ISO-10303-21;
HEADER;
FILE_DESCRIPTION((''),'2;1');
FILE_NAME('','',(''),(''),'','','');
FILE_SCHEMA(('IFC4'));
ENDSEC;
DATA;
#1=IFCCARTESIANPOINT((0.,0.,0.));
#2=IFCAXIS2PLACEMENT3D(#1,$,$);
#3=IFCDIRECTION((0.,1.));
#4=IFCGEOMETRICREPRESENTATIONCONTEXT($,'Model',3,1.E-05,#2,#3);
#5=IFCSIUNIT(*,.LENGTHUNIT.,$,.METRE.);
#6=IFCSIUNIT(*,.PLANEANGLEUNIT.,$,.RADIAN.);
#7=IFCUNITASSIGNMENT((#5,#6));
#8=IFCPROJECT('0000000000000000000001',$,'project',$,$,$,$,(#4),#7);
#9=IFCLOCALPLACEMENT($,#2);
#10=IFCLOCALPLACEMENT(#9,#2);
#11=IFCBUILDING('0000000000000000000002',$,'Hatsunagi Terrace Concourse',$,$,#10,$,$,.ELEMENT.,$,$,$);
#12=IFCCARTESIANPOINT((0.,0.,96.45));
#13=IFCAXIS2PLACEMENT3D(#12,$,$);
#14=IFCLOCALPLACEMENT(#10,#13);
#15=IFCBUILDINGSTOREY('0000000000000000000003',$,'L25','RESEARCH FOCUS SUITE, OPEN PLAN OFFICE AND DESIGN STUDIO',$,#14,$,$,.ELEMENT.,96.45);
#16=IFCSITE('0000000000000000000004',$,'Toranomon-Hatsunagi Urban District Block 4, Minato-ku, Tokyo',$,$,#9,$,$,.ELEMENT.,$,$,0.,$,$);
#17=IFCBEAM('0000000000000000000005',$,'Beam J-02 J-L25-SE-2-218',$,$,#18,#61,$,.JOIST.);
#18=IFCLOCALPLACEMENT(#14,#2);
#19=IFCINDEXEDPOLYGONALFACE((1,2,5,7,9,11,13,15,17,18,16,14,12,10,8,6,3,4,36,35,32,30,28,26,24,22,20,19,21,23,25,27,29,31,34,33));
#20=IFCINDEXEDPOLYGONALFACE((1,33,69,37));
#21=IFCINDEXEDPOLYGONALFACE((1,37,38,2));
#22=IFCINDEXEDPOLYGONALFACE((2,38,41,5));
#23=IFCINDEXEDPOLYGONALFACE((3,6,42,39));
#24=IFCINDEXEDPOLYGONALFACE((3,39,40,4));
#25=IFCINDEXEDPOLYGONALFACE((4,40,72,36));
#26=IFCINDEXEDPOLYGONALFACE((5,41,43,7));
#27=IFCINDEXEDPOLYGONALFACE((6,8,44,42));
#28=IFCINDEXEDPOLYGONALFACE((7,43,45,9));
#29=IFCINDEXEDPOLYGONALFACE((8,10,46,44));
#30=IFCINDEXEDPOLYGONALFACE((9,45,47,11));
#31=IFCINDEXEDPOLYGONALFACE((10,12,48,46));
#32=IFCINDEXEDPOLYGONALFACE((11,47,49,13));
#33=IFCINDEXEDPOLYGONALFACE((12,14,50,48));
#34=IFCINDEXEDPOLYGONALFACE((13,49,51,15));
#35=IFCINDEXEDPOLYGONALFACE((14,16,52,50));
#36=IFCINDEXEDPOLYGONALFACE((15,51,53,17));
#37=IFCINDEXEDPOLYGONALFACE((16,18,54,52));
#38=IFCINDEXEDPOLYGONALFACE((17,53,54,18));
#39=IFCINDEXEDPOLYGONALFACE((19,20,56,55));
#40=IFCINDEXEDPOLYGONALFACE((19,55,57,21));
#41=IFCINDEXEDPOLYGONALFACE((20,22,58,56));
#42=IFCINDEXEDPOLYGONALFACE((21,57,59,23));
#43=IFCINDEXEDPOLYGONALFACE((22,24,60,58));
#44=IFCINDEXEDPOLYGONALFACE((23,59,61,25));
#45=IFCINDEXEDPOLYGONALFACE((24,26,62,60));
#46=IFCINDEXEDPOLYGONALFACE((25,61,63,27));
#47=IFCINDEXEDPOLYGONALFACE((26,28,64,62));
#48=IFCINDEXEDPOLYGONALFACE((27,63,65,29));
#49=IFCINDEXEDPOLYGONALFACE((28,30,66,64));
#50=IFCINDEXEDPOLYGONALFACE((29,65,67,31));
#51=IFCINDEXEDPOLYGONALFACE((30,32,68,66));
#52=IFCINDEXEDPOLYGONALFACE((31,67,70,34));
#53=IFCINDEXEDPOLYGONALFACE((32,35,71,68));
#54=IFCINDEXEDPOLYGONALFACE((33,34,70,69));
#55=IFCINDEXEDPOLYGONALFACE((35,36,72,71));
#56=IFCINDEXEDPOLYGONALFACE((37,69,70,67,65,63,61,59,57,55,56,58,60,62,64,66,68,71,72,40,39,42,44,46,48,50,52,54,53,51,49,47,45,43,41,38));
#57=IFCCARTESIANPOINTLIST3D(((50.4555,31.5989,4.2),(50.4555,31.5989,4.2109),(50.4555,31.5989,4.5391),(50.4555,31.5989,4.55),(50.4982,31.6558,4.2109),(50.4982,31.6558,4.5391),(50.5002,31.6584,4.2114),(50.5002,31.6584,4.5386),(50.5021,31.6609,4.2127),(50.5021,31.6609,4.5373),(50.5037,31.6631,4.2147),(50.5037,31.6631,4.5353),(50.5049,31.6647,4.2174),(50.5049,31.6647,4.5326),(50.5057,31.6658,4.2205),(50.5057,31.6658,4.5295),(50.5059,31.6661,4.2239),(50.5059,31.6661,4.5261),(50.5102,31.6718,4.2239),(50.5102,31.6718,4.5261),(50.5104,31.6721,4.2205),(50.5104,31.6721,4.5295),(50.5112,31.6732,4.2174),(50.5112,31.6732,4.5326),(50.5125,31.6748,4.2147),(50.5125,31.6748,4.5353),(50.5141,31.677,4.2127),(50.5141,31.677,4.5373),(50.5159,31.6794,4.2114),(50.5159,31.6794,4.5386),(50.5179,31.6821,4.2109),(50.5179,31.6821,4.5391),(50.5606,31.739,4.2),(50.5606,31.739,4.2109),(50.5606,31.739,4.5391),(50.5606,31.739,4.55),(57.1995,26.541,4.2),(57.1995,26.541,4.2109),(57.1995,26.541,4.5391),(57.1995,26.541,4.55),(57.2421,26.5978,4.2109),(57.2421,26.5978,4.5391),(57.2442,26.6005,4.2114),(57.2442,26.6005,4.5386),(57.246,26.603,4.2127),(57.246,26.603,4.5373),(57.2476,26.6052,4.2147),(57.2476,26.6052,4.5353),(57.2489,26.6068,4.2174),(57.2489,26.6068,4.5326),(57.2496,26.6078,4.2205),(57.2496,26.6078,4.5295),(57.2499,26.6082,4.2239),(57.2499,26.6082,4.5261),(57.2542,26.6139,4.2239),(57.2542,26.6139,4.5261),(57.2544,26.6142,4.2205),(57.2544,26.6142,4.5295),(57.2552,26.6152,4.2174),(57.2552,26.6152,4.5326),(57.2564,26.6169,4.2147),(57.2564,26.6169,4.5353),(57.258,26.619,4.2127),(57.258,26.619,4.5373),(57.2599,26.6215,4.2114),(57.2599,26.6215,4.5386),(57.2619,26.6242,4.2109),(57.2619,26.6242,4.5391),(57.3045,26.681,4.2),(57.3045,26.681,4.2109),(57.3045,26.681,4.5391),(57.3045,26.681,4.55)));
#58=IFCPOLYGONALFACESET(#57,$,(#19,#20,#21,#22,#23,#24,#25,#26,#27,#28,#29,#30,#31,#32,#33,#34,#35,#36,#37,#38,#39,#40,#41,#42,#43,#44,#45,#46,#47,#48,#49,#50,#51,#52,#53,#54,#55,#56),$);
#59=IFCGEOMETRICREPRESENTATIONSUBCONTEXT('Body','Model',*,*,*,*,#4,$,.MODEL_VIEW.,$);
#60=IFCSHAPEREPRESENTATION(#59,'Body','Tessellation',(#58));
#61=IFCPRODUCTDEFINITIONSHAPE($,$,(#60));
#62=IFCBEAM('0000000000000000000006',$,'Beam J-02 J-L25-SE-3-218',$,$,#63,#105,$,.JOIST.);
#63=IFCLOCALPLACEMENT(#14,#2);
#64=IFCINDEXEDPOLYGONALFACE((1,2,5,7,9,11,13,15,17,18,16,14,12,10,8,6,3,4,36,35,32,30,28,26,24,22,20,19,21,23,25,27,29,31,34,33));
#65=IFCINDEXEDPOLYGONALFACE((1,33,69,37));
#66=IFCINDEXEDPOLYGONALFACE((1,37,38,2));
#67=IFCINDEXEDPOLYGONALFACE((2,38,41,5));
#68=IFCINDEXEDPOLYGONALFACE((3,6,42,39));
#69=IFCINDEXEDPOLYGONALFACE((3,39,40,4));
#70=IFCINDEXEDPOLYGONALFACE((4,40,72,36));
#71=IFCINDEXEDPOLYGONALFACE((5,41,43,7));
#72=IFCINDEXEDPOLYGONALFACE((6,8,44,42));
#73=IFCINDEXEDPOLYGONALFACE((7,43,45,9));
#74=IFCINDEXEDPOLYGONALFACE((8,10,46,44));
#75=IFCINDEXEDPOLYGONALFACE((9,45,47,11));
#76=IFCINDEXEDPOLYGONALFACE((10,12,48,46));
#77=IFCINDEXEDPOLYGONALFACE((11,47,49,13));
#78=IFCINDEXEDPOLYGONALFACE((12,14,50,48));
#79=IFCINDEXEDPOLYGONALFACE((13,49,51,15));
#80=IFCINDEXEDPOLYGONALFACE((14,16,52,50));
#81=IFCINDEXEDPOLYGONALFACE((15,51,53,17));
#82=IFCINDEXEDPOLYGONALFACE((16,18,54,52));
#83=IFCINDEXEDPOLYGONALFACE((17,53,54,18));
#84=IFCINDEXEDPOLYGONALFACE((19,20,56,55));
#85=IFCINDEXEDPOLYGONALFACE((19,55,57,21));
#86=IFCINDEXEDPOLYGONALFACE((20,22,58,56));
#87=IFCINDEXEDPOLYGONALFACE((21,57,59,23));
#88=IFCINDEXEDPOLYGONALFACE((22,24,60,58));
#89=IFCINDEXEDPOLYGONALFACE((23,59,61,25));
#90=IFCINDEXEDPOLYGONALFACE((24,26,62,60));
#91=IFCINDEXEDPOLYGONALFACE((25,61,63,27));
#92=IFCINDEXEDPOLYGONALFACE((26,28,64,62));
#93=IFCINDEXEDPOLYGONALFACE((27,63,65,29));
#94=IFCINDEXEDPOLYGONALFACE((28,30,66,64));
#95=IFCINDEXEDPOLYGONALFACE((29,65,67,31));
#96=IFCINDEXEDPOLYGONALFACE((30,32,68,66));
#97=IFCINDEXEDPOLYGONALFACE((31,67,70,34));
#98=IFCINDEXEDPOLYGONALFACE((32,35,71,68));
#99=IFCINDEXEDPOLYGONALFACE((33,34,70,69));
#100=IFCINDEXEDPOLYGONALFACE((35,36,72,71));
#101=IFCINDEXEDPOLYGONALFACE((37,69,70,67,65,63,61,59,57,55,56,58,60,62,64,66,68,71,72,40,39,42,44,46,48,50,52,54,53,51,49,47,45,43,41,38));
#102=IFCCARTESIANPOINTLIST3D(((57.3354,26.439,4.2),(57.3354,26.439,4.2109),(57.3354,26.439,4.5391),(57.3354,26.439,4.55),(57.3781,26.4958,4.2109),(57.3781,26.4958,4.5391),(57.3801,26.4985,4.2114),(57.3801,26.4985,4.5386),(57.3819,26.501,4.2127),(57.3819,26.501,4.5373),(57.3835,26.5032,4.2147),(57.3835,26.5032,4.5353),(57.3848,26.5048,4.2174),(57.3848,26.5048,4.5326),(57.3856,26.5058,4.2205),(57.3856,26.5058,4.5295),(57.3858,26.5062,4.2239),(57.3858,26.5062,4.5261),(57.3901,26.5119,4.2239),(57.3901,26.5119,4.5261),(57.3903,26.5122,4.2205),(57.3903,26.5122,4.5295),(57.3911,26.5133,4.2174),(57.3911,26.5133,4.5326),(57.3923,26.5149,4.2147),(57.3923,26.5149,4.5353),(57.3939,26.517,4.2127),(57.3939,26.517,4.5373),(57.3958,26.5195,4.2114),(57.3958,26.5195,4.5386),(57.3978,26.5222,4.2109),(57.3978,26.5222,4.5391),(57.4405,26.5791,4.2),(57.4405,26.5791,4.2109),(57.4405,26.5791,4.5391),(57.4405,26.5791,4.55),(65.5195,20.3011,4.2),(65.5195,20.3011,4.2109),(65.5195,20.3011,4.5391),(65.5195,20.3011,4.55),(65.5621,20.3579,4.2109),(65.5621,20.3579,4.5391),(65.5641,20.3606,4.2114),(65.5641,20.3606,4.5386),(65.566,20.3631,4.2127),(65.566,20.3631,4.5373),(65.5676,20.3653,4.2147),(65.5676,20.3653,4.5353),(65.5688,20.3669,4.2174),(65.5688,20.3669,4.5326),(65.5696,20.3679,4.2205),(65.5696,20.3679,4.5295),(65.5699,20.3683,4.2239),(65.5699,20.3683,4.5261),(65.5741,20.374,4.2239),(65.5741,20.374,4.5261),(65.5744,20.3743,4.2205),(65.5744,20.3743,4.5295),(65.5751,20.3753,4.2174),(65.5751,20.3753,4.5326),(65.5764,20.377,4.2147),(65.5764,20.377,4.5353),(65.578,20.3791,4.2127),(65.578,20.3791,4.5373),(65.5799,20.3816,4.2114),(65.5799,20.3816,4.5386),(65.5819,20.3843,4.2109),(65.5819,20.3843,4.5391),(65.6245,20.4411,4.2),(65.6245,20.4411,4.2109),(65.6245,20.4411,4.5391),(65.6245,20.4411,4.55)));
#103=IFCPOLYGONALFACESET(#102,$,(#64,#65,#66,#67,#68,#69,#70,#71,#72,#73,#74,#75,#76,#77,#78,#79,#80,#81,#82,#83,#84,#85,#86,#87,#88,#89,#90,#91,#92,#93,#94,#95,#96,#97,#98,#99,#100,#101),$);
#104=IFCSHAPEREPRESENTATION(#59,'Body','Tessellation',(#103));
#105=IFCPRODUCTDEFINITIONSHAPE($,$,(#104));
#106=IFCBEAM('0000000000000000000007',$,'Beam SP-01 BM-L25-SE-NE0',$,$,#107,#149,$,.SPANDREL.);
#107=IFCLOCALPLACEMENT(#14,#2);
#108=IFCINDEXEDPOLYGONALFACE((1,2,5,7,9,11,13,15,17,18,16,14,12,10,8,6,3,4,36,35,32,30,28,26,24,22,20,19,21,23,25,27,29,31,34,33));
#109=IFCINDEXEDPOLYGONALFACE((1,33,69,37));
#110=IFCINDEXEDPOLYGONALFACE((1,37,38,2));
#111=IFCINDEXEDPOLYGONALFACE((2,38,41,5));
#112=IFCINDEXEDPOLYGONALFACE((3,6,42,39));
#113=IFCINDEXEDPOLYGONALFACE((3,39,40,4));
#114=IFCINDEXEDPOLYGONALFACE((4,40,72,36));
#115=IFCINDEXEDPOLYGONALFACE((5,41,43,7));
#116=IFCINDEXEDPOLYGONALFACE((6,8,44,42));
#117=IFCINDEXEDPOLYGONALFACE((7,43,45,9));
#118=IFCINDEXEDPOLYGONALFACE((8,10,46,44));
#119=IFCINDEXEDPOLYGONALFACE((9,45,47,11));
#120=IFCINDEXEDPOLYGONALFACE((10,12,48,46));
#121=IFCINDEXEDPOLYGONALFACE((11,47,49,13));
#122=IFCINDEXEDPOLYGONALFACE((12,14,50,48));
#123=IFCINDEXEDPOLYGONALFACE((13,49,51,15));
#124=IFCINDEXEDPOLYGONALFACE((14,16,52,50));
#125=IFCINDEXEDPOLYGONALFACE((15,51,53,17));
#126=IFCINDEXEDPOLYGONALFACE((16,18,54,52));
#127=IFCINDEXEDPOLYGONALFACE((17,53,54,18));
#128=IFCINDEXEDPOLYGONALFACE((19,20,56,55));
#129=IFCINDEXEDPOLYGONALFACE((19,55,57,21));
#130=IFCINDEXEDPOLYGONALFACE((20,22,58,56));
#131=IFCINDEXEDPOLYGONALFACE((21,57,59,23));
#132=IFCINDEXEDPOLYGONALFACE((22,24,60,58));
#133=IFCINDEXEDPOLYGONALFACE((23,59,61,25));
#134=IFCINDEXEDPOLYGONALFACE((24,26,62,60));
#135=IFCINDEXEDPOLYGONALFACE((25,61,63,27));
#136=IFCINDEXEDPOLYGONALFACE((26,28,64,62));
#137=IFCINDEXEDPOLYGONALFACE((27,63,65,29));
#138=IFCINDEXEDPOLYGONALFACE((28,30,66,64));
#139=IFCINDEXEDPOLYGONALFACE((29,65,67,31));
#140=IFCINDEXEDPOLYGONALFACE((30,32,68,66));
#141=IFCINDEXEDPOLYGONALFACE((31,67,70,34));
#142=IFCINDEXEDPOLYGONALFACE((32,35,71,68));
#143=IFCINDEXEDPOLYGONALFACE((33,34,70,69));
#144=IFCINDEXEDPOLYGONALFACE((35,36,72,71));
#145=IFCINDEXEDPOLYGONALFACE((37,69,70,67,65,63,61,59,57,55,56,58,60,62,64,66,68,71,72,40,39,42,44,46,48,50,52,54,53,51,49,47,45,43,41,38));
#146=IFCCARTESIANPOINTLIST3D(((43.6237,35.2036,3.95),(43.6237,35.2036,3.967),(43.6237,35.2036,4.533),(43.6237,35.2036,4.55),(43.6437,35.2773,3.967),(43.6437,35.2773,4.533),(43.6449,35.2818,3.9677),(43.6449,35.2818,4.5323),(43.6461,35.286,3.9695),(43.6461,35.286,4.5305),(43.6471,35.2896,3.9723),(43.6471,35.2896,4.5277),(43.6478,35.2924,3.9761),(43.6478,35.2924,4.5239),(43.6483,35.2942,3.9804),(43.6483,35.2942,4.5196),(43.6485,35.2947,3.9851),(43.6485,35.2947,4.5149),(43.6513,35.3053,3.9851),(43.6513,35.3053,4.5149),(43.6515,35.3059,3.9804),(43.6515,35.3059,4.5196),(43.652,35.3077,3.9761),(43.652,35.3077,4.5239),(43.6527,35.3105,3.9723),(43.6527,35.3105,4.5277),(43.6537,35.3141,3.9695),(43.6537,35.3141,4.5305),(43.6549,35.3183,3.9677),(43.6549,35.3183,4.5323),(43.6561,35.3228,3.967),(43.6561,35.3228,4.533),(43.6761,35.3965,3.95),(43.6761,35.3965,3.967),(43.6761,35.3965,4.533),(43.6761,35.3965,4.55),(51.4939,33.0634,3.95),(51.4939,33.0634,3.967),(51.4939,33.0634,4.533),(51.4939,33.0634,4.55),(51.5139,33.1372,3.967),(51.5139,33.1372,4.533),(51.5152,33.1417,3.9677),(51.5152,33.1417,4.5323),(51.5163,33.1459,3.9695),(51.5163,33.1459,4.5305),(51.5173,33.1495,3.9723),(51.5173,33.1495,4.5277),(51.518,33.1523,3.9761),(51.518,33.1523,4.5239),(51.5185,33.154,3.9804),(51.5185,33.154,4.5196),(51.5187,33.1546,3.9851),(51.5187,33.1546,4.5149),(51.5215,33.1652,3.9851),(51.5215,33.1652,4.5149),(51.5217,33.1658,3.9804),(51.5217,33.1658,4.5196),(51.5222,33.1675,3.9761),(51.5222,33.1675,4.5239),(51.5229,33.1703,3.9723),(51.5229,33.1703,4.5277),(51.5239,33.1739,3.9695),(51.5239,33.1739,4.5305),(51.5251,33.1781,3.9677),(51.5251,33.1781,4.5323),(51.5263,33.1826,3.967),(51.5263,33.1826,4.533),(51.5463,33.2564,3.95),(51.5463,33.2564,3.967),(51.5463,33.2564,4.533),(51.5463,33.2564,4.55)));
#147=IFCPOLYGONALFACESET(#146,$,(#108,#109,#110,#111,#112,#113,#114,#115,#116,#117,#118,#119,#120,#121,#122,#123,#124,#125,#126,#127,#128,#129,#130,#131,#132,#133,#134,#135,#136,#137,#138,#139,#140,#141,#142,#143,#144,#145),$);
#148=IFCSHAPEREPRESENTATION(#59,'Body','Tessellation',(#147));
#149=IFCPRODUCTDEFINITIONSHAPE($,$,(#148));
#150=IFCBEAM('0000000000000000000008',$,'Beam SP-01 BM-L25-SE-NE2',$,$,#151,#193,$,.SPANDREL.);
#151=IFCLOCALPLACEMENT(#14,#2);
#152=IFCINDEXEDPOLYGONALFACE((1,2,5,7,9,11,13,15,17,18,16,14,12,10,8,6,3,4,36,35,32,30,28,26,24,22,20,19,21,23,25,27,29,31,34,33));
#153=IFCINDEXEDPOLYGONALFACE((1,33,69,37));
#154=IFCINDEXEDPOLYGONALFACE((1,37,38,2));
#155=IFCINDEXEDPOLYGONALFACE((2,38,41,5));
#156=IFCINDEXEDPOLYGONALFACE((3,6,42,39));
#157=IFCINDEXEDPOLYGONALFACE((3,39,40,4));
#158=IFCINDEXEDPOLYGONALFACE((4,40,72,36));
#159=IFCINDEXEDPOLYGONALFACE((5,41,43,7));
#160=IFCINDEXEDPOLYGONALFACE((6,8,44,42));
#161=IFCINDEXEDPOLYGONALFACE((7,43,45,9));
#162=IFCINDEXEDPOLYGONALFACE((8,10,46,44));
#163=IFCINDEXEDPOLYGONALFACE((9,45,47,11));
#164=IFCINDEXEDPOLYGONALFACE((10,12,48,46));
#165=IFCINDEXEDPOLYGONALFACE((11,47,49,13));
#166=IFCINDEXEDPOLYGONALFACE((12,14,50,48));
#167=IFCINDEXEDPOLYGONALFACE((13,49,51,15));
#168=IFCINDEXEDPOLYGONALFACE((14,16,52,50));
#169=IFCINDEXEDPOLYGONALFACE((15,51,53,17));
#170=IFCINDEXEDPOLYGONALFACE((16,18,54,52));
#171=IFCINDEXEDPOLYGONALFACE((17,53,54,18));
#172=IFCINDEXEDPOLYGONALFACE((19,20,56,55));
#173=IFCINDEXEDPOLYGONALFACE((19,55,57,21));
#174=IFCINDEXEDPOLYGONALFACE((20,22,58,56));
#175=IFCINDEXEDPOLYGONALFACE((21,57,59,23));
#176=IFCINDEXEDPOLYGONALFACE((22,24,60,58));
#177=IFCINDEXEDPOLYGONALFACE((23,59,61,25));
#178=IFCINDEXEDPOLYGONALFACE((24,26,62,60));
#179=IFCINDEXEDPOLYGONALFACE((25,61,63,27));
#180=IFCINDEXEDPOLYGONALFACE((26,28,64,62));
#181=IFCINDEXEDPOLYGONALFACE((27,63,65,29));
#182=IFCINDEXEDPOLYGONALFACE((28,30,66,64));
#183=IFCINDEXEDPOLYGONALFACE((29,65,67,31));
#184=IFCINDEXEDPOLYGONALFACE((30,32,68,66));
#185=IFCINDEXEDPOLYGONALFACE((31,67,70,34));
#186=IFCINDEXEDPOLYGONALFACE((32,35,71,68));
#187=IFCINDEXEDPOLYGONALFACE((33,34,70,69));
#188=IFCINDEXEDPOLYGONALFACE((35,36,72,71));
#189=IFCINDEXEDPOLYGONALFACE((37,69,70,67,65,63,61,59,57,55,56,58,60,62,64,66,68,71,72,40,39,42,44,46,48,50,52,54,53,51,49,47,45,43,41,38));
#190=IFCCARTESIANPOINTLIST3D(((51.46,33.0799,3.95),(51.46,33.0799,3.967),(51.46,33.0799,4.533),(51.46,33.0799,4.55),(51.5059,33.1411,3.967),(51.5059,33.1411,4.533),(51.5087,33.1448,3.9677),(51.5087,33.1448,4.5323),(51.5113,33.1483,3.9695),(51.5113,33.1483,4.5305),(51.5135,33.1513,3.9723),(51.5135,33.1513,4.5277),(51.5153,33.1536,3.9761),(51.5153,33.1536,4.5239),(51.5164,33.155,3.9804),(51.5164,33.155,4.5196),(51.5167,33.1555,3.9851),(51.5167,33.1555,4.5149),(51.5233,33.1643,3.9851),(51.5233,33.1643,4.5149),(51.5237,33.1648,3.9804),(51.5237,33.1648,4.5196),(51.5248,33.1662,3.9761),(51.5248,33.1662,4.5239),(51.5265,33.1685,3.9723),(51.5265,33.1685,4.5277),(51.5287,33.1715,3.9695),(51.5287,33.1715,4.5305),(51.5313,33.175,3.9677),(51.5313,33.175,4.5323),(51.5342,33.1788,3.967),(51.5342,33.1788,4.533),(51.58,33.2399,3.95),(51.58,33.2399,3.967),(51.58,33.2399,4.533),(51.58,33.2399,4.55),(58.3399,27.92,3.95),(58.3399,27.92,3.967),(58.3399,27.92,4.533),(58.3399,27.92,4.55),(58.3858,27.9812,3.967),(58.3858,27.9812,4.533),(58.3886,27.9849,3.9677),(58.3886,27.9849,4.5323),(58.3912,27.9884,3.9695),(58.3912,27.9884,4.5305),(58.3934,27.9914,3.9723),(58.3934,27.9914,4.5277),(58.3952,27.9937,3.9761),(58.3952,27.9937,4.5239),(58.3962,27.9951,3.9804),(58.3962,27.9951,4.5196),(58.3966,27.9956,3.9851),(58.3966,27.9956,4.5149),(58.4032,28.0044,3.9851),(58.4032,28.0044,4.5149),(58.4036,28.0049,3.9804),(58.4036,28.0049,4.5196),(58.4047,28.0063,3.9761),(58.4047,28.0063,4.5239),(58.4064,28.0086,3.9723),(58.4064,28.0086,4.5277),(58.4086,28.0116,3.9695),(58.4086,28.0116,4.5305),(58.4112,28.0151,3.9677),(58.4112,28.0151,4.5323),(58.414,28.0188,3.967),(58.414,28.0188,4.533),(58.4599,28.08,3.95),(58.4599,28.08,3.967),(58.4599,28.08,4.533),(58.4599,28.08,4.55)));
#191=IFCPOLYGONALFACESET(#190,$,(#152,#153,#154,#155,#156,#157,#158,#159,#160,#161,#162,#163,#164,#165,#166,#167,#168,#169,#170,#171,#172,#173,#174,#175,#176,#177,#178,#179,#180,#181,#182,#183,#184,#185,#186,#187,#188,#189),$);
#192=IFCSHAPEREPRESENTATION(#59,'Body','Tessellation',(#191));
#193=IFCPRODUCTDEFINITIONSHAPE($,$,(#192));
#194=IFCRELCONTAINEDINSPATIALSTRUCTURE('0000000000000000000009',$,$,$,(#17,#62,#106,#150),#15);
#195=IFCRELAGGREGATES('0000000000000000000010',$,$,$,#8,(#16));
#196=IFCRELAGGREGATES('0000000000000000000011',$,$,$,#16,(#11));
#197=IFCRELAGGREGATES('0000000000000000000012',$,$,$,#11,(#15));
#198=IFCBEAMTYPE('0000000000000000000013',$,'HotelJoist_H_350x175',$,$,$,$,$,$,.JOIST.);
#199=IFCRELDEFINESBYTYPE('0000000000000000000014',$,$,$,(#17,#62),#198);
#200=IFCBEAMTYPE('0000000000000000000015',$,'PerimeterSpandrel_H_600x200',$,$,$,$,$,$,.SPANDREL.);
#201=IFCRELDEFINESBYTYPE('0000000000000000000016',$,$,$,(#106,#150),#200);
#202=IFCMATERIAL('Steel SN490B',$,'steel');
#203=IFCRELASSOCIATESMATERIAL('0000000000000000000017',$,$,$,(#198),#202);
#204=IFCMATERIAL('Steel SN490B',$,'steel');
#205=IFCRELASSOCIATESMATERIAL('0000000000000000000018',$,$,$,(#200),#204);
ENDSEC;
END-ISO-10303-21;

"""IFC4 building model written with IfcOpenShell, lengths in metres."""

from ifc_helpers import new_model, si_unit, direction, frame, origin, origin_2d, place, context, subcontext, project, spatial, i_section, extrude, material, material_profile, profile_set, type_object, element, save


model = new_model("IFC4")

# Units and contexts
model_context = context("Model", 3, precision=1e-05, world=origin(), true_north=direction((0.0, 1.0)))
body_context = subcontext(model_context, "Body", "Model", "MODEL_VIEW")
ifc_project = project(units=[si_unit("LENGTHUNIT", "METRE"), si_unit("PLANEANGLEUNIT", "RADIAN")], contexts=[model_context])

# Site, building, storey
site_placement = place(None, origin())
site = spatial("IfcSite", under=ifc_project, at=site_placement, Name="Toranomon-Hatsunagi Urban District Block 4, Minato-ku, Tokyo", CompositionType="ELEMENT", RefElevation=0.0)
building_placement = place(site_placement, origin())
building = spatial("IfcBuilding", under=site, at=building_placement, Name="Hatsunagi Terrace Concourse", CompositionType="ELEMENT")
storey_placement = place(building_placement, frame((0.0, 0.0, 96.45)))
storey = spatial("IfcBuildingStorey", under=building, at=storey_placement, Name="L25", Description="RESEARCH FOCUS SUITE, OPEN PLAN OFFICE AND DESIGN STUDIO", CompositionType="ELEMENT", Elevation=96.45)

# Beams
ifc_material_1 = material(Name="Steel SN490B", Category="steel")
ifc_material_profile_1 = material_profile(ifc_material_1, i_section(OverallWidth=0.175, OverallDepth=0.3501, WebThickness=0.0071, FlangeThickness=0.011, FilletRadius=0.0129, at=origin_2d()), Name="H-350x175x7x11")
ifc_profile_set_1 = profile_set([ifc_material_profile_1], Name="Steel SN490B")
beam_type_1 = type_object("IfcBeamType", Name="HotelJoist_H_350x175", PredefinedType="JOIST", material=ifc_profile_set_1)
for number, where, z_axis, x_axis, name in (
    (1, (50.5081, 31.6689, 4.375), (0.800003, -0.599995, 0.0), (0.599995, 0.800003, 0.0), "Beam J-02 J-L25-SE-2-218"),
):
    element("IfcBeam", number, at=place(storey_placement, frame(where, z_axis=z_axis, x_axis=x_axis)), inside=storey, type_object=beam_type_1, Name=name, PredefinedType="JOIST", context=body_context, shape_type="SweptSolid", body=[
        extrude(i_section(OverallWidth=0.175, OverallDepth=0.3501, WebThickness=0.0071, FlangeThickness=0.011, FilletRadius=0.0129, at=origin_2d()), origin(), (0.0, 0.0, 1.0), 8.4299),
    ])
beam_1_placement = place(storey_placement, frame((57.3879, 26.509, 4.375), z_axis=(0.800006, -0.599992, 0.0), x_axis=(0.599992, 0.800006, 0.0)))
element("IfcBeam", 2, at=beam_1_placement, inside=storey, type_object=beam_type_1, Name="Beam J-02 J-L25-SE-3-218", PredefinedType="JOIST", context=body_context, shape_type="SweptSolid", body=[
    extrude(i_section(OverallWidth=0.175, OverallDepth=0.3501, WebThickness=0.0071, FlangeThickness=0.011, FilletRadius=0.0129, at=origin_2d()), origin(), (0.0, 0.0, 1.0), 10.23),
])
ifc_material_2 = material(Name="Steel SN490B", Category="steel")
ifc_material_profile_2 = material_profile(ifc_material_2, i_section(OverallWidth=0.2, OverallDepth=0.6001, WebThickness=0.011, FlangeThickness=0.0171, FilletRadius=0.0181, at=origin_2d()), Name="H-600x200x11x17")
ifc_profile_set_2 = profile_set([ifc_material_profile_2], Name="Steel SN490B")
beam_type_2 = type_object("IfcBeamType", Name="PerimeterSpandrel_H_600x200", PredefinedType="SPANDREL", material=ifc_profile_set_2)
beam_2_placement = place(storey_placement, frame((43.6499, 35.3, 4.25), z_axis=(0.964958, -0.262403, 0.0), x_axis=(0.262403, 0.964958, 0.0)))
element("IfcBeam", 3, at=beam_2_placement, inside=storey, type_object=beam_type_2, Name="Beam SP-01 BM-L25-SE-NE0", PredefinedType="SPANDREL", context=body_context, shape_type="SweptSolid", body=[
    extrude(i_section(OverallWidth=0.2, OverallDepth=0.6001, WebThickness=0.011, FlangeThickness=0.0171, FilletRadius=0.0181, at=origin_2d()), origin(), (0.0, 0.0, 1.0), 8.156),
])
beam_3_placement = place(storey_placement, frame((51.52, 33.1599, 4.25), z_axis=(0.8, -0.6, 0.0), x_axis=(0.6, 0.8, 0.0)))
element("IfcBeam", 4, at=beam_3_placement, inside=storey, type_object=beam_type_2, Name="Beam SP-01 BM-L25-SE-NE2", PredefinedType="SPANDREL", context=body_context, shape_type="SweptSolid", body=[
    extrude(i_section(OverallWidth=0.2, OverallDepth=0.6001, WebThickness=0.011, FlangeThickness=0.0171, FilletRadius=0.0181, at=origin_2d()), origin(), (0.0, 0.0, 1.0), 8.5999),
])

save(model, "model.ifc")
